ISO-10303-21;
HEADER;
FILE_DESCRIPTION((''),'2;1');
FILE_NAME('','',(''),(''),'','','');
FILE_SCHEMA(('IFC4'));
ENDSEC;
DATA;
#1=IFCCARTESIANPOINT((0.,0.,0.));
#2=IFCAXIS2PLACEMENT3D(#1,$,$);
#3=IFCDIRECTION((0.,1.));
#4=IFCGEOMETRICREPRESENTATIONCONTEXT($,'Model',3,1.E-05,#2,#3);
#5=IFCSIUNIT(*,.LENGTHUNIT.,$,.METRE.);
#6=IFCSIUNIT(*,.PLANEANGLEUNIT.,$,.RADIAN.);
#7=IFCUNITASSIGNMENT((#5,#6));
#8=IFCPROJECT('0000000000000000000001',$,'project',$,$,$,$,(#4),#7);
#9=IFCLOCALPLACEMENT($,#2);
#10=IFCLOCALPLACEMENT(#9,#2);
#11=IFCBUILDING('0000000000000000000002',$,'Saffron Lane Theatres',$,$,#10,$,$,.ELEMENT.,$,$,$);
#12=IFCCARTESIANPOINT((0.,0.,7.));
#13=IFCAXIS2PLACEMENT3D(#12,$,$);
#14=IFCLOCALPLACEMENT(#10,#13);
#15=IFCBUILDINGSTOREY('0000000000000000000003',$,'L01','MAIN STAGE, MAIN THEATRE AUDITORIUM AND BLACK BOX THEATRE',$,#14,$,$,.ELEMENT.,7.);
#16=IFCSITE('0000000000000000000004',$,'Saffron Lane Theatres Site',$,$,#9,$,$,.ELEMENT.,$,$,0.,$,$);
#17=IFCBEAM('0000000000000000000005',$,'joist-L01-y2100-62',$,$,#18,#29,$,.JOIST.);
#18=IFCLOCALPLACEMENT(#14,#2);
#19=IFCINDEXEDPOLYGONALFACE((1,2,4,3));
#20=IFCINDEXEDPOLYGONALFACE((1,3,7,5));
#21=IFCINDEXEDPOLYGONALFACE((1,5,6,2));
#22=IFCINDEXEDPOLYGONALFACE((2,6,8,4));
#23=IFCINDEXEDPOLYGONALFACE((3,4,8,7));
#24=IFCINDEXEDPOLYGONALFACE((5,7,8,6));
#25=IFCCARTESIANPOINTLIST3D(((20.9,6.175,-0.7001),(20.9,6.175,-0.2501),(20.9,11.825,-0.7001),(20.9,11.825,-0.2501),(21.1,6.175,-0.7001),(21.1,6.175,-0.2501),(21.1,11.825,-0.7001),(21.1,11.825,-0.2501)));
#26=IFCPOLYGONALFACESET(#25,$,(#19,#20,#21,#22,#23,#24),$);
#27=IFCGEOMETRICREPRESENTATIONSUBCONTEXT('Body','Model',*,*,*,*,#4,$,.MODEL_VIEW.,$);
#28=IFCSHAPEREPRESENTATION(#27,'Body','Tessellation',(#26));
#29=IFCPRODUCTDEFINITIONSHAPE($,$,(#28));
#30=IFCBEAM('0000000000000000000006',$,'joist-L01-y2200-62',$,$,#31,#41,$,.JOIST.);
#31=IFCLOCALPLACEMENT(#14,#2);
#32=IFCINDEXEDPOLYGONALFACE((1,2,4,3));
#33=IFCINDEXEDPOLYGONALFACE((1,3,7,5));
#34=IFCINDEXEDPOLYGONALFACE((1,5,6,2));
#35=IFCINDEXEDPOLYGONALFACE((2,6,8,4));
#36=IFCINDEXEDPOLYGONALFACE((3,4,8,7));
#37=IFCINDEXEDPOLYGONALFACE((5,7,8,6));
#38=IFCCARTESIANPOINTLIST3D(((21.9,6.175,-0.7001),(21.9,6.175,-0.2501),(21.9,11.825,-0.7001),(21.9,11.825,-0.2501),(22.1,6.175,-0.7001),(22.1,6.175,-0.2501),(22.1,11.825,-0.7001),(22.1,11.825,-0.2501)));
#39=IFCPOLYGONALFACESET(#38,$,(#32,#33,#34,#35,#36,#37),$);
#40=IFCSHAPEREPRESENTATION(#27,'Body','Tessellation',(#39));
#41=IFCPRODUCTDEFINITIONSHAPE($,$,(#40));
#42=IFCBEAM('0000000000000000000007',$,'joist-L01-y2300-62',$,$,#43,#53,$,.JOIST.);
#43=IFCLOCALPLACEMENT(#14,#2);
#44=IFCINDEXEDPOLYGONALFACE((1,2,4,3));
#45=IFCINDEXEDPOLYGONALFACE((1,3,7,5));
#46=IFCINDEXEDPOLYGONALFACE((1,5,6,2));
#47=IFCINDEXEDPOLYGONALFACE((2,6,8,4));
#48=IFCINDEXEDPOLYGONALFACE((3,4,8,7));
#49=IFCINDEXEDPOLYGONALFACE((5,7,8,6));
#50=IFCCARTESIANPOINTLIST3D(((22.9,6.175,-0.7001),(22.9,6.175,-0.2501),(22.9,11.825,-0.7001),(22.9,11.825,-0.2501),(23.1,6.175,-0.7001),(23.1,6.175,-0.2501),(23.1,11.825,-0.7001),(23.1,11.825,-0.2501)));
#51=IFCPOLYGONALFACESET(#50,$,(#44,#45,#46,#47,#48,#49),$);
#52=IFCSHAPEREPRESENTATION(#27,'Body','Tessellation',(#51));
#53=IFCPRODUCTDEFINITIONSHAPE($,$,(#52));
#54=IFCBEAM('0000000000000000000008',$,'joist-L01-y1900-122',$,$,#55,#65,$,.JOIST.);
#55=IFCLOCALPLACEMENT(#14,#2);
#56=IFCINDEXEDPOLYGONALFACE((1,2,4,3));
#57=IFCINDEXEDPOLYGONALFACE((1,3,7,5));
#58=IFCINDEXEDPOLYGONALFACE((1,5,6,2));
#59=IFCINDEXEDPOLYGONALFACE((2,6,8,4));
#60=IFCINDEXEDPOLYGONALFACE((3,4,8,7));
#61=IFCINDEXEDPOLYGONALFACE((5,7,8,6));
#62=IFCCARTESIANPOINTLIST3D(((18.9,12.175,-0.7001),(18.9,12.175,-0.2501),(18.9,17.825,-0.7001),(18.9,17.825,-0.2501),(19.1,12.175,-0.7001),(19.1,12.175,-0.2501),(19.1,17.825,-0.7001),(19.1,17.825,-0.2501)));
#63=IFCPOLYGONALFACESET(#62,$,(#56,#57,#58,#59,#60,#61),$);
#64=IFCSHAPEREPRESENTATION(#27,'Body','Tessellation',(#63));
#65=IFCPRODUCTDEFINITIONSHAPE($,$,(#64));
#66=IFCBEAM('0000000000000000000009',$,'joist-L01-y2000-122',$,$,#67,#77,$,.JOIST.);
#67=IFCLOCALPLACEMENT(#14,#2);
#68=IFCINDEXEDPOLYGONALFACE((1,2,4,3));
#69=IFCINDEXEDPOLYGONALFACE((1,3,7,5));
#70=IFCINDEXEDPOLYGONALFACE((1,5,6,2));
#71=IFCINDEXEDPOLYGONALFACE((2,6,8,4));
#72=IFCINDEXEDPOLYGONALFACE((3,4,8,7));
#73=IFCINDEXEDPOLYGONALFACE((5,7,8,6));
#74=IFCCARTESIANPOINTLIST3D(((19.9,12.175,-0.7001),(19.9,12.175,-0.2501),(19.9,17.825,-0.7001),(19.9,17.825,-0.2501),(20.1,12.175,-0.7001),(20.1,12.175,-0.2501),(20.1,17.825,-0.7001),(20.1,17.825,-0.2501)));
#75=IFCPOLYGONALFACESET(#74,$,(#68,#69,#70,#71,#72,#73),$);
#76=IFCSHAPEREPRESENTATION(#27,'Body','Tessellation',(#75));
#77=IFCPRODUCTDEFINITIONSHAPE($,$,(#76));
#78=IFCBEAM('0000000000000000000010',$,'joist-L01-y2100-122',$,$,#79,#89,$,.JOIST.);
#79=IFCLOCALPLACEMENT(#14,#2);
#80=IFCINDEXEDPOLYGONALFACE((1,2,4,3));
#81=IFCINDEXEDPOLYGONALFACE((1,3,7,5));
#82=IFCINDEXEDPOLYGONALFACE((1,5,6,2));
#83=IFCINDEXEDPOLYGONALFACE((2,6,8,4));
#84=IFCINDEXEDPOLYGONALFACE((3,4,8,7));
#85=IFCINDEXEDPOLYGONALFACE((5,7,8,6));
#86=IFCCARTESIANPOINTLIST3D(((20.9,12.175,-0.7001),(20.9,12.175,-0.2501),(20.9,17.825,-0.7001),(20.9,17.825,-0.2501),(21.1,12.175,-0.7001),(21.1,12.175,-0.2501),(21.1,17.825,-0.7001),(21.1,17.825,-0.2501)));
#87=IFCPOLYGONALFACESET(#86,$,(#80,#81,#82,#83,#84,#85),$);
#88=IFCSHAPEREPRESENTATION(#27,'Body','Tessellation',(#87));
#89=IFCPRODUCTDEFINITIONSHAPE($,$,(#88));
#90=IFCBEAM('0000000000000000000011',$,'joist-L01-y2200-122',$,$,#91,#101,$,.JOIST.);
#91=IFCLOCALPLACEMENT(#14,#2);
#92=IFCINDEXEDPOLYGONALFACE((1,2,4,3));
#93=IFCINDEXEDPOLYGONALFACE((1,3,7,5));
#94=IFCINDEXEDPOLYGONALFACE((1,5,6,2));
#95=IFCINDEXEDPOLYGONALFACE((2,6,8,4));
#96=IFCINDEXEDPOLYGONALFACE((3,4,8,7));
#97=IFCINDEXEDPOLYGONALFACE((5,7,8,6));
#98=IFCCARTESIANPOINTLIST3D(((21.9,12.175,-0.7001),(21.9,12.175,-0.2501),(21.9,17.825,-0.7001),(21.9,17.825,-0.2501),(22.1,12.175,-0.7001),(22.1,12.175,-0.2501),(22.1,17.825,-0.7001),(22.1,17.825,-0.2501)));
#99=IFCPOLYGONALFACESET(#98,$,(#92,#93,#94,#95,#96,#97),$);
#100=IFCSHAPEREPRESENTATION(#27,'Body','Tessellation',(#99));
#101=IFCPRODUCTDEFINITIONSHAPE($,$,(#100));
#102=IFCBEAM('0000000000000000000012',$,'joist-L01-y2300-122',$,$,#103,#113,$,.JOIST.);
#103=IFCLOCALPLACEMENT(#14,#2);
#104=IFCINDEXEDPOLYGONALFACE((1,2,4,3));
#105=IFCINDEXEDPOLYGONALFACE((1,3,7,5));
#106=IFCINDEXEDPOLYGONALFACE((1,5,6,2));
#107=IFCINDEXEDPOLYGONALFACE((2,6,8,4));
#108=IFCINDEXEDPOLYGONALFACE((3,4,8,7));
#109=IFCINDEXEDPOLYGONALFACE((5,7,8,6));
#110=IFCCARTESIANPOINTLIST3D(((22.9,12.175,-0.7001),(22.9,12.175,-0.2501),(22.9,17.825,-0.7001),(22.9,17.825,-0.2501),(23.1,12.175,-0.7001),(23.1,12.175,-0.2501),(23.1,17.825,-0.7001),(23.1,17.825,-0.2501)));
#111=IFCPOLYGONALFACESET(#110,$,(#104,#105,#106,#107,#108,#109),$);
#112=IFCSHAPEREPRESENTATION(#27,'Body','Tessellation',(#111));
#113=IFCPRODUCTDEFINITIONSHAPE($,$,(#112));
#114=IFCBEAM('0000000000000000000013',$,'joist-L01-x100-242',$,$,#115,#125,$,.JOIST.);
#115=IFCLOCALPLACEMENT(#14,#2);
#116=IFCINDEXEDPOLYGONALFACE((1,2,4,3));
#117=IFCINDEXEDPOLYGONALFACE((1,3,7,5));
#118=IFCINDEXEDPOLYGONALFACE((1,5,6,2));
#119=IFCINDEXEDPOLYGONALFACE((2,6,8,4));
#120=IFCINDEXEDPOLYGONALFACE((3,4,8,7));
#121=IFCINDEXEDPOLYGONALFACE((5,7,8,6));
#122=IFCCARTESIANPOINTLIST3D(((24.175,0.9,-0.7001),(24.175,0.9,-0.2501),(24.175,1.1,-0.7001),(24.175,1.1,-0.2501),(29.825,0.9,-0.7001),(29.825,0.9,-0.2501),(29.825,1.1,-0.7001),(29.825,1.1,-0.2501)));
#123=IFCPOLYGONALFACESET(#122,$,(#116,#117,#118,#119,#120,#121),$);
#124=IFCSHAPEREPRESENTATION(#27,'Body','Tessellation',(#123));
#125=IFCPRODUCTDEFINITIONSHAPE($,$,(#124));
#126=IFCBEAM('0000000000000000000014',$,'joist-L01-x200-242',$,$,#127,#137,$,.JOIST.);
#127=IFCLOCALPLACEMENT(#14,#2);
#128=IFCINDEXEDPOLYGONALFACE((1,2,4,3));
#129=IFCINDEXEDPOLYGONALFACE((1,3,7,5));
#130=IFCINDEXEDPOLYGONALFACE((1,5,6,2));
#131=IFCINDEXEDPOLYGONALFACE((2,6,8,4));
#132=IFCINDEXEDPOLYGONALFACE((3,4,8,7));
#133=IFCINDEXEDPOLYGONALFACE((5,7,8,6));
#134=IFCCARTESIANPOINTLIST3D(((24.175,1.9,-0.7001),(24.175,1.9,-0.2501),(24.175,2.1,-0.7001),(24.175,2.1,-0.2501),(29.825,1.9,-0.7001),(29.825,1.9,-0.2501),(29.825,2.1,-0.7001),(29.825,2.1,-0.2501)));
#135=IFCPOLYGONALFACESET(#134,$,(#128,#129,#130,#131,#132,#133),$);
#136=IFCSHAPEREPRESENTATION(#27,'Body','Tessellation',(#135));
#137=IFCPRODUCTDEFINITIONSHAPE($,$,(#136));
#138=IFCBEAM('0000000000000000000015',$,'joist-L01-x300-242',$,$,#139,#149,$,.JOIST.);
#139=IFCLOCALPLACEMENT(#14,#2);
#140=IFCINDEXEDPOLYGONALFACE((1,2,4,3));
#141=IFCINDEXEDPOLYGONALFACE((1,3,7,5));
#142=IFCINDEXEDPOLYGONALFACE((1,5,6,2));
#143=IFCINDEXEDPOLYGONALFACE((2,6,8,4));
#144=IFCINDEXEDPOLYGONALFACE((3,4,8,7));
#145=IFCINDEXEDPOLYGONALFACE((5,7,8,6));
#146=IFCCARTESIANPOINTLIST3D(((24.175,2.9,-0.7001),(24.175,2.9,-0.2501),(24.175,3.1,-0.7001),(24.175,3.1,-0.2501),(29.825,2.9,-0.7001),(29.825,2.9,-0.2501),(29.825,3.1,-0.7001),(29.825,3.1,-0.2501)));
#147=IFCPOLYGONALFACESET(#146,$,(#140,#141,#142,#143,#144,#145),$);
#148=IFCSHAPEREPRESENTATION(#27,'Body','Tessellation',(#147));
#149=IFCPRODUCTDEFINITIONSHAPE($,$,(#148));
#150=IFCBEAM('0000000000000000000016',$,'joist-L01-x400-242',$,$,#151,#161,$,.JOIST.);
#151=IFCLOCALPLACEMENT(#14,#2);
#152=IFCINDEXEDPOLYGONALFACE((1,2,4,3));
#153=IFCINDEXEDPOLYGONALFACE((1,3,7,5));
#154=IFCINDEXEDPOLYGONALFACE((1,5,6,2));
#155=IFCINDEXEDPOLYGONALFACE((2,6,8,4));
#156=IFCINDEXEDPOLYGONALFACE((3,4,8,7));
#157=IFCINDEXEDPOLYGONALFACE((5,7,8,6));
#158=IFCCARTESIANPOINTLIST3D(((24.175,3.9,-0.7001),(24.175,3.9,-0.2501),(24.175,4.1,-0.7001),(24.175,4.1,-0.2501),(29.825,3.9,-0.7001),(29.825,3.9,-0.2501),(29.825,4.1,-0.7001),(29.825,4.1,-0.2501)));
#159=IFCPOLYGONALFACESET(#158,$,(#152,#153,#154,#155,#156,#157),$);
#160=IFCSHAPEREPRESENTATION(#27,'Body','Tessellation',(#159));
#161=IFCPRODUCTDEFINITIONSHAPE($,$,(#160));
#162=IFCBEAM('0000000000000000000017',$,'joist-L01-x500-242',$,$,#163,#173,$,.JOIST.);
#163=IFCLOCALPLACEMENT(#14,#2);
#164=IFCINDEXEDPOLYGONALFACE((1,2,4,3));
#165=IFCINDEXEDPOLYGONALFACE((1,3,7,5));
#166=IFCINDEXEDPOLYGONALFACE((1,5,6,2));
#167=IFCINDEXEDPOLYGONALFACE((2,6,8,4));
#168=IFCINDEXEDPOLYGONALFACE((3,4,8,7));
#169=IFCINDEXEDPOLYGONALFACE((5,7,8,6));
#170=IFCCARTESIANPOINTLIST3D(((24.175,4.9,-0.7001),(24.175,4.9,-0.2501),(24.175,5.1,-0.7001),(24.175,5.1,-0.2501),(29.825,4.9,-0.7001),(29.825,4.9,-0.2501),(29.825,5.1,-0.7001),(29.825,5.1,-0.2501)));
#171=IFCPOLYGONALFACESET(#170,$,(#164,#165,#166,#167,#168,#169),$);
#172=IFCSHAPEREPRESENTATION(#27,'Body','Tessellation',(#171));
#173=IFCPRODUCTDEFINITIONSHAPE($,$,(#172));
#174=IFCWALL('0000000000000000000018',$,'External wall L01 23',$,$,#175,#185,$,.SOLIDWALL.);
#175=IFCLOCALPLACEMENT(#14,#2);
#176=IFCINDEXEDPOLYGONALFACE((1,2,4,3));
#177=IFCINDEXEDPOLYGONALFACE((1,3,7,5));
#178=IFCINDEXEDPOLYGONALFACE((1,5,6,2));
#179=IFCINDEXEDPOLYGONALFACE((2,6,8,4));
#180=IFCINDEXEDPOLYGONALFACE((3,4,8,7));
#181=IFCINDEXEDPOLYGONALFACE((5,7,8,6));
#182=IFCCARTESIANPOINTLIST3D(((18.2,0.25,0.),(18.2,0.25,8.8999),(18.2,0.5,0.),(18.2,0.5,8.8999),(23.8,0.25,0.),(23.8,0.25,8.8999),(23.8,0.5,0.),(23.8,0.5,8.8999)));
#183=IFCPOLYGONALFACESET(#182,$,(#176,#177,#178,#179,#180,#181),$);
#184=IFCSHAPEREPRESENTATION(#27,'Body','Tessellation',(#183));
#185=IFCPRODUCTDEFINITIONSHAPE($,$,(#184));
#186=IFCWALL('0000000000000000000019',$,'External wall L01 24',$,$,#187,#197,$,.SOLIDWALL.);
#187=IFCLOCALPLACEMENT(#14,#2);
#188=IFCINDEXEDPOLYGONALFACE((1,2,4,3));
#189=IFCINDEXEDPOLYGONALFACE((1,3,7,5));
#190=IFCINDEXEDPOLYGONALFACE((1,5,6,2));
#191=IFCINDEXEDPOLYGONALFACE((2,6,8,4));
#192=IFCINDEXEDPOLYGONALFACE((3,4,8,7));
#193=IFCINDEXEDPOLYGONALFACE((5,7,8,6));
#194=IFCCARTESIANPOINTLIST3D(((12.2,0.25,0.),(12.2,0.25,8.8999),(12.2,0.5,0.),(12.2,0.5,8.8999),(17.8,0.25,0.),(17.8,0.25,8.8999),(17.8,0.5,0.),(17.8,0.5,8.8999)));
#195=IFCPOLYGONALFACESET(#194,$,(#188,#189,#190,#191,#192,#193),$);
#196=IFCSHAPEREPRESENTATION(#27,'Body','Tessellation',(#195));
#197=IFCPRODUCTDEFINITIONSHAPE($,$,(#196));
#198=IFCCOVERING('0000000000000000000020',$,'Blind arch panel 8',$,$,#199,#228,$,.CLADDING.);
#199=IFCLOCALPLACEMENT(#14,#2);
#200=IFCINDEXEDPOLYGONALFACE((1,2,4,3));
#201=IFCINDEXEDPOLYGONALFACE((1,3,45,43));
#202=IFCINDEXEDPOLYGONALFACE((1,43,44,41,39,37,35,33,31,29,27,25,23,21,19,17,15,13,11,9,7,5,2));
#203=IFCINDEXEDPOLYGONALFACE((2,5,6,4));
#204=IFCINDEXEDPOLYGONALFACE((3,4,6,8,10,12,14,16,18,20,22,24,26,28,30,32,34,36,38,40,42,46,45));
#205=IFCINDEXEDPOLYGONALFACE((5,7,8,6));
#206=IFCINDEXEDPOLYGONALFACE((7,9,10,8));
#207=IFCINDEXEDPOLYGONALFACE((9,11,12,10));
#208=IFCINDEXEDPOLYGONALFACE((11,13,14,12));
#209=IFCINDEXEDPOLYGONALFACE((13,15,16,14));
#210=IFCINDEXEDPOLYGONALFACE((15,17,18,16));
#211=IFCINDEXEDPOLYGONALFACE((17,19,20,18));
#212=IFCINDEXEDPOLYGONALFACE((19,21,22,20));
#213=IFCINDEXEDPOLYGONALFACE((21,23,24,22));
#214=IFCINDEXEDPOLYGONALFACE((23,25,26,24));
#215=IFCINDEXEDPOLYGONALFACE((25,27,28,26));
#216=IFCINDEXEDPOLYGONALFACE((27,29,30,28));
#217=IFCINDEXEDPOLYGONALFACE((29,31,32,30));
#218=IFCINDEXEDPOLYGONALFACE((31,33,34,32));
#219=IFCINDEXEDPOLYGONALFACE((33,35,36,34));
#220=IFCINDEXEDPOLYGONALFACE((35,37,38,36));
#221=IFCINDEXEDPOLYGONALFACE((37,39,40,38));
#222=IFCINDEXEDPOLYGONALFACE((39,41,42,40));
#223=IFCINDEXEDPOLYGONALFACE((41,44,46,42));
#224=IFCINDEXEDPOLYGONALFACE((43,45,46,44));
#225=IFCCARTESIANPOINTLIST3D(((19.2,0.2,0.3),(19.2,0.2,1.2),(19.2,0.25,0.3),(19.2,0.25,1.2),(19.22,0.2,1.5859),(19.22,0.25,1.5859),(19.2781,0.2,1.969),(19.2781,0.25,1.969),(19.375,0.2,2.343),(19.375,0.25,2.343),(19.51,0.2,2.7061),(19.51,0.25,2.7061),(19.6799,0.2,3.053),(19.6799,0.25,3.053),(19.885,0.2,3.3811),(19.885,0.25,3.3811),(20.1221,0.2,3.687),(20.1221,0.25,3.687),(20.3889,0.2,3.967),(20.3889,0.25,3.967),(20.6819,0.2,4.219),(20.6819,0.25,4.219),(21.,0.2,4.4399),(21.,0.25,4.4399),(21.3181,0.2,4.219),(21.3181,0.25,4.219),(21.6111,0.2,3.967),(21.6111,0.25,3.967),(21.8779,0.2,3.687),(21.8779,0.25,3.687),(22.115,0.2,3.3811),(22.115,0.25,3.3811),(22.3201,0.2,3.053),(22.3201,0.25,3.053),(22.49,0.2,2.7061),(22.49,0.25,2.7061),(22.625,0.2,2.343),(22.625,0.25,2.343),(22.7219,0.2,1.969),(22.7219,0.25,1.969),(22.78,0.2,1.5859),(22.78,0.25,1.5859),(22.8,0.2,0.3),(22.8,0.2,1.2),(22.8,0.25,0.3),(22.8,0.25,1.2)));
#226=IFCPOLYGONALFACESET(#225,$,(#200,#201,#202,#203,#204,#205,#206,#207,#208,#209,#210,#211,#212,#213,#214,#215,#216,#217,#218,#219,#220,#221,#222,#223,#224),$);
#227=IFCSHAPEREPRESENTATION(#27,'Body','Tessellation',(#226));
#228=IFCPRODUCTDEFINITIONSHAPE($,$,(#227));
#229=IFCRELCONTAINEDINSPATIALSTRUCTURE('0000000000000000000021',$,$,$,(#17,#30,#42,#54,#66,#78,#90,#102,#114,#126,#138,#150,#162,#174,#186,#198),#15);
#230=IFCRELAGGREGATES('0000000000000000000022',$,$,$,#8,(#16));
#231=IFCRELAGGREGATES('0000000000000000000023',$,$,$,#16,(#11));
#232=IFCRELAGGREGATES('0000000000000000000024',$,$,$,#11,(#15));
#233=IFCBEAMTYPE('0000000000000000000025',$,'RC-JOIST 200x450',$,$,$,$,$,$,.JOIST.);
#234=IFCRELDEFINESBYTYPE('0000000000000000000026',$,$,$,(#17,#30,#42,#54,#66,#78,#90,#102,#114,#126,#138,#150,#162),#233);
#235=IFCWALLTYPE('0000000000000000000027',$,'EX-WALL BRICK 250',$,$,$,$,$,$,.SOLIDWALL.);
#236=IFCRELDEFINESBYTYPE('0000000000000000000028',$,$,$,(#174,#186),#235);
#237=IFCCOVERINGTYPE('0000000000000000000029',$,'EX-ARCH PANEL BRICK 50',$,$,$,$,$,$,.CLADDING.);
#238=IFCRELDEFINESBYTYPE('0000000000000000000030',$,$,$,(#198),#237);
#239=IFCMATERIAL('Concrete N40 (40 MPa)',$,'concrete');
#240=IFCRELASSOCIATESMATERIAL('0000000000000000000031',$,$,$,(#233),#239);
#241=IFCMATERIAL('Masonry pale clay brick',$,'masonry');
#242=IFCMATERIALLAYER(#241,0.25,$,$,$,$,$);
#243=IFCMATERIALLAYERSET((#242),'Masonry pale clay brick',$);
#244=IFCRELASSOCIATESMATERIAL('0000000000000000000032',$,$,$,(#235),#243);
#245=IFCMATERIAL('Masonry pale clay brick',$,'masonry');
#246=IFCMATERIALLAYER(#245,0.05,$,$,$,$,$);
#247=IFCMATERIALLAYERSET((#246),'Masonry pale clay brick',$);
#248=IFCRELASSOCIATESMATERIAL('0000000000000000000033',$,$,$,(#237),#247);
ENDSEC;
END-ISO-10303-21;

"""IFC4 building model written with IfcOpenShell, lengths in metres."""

from ifc_helpers import new_model, si_unit, direction, frame, frame_2d, origin, origin_2d, place, context, subcontext, project, spatial, polyline, rectangle, outline, extrude, material, layer, layer_set, material_profile, profile_set, type_object, element, save


model = new_model("IFC4")

# Units and contexts
model_context = context("Model", 3, precision=1e-05, world=origin(), true_north=direction((0.0, 1.0)))
body_context = subcontext(model_context, "Body", "Model", "MODEL_VIEW")
ifc_project = project(units=[si_unit("LENGTHUNIT", "METRE"), si_unit("PLANEANGLEUNIT", "RADIAN")], contexts=[model_context])

# Site, building, storey
site_placement = place(None, origin())
site = spatial("IfcSite", under=ifc_project, at=site_placement, Name="Saffron Lane Theatres Site", CompositionType="ELEMENT", RefElevation=0.0)
building_placement = place(site_placement, origin())
building = spatial("IfcBuilding", under=site, at=building_placement, Name="Saffron Lane Theatres", CompositionType="ELEMENT")
storey_placement = place(building_placement, frame((0.0, 0.0, 7.0)))
storey = spatial("IfcBuildingStorey", under=building, at=storey_placement, Name="L01", Description="MAIN STAGE, MAIN THEATRE AUDITORIUM AND BLACK BOX THEATRE", CompositionType="ELEMENT", Elevation=7.0)

# Beams
ifc_material_1 = material(Name="Concrete N40 (40 MPa)", Category="concrete")
ifc_material_profile_1 = material_profile(ifc_material_1, rectangle(XDim=0.2, YDim=0.45, at=origin_2d()))
ifc_profile_set_1 = profile_set([ifc_material_profile_1], Name="Concrete N40 (40 MPa)")
beam_type_1 = type_object("IfcBeamType", Name="RC-JOIST 200x450", PredefinedType="JOIST", material=ifc_profile_set_1)
for number, where, z_axis, x_axis, name in (
    (1, (21.0, 6.175, -0.4751), (0.0, 1.0, 0.0), (-1.0, 0.0, 0.0), "joist-L01-y2100-62"),
    (2, (22.0, 6.175, -0.4751), (0.0, 1.0, 0.0), (-1.0, 0.0, 0.0), "joist-L01-y2200-62"),
    (3, (23.0, 6.175, -0.4751), (0.0, 1.0, 0.0), (-1.0, 0.0, 0.0), "joist-L01-y2300-62"),
    (4, (19.0, 12.175, -0.4751), (0.0, 1.0, 0.0), (-1.0, 0.0, 0.0), "joist-L01-y1900-122"),
    (5, (20.0, 12.175, -0.4751), (0.0, 1.0, 0.0), (-1.0, 0.0, 0.0), "joist-L01-y2000-122"),
    (6, (21.0, 12.175, -0.4751), (0.0, 1.0, 0.0), (-1.0, 0.0, 0.0), "joist-L01-y2100-122"),
    (7, (22.0, 12.175, -0.4751), (0.0, 1.0, 0.0), (-1.0, 0.0, 0.0), "joist-L01-y2200-122"),
    (8, (23.0, 12.175, -0.4751), (0.0, 1.0, 0.0), (-1.0, 0.0, 0.0), "joist-L01-y2300-122"),
    (9, (24.175, 1.0, -0.4751), (1.0, 0.0, 0.0), (0.0, 1.0, 0.0), "joist-L01-x100-242"),
    (10, (24.175, 2.0, -0.4751), (1.0, 0.0, 0.0), (0.0, 1.0, 0.0), "joist-L01-x200-242"),
    (11, (24.175, 3.0, -0.4751), (1.0, 0.0, 0.0), (0.0, 1.0, 0.0), "joist-L01-x300-242"),
    (12, (24.175, 4.0, -0.4751), (1.0, 0.0, 0.0), (0.0, 1.0, 0.0), "joist-L01-x400-242"),
    (13, (24.175, 5.0, -0.4751), (1.0, 0.0, 0.0), (0.0, 1.0, 0.0), "joist-L01-x500-242"),
):
    element("IfcBeam", number, at=place(storey_placement, frame(where, z_axis=z_axis, x_axis=x_axis)), inside=storey, type_object=beam_type_1, Name=name, PredefinedType="JOIST", context=body_context, shape_type="SweptSolid", body=[
        extrude(rectangle(XDim=0.2, YDim=0.45, at=origin_2d()), origin(), (0.0, 0.0, 1.0), 5.6499),
    ])

# Walls
ifc_material_2 = material(Name="Masonry pale clay brick", Category="masonry")
ifc_layer_1 = layer(ifc_material_2, 0.25)
ifc_layer_set_1 = layer_set([ifc_layer_1], Name="Masonry pale clay brick")
wall_type = type_object("IfcWallType", Name="EX-WALL BRICK 250", PredefinedType="SOLIDWALL", material=ifc_layer_set_1)
for number, where, z_axis, x_axis, name in (
    (14, (23.8, 0.375, 0.0), (0.0, 0.0, 1.0), (-1.0, 0.0, 0.0), "External wall L01 23"),
    (15, (17.8, 0.375, 0.0), (0.0, 0.0, 1.0), (-1.0, 0.0, 0.0), "External wall L01 24"),
):
    element("IfcWall", number, at=place(storey_placement, frame(where, z_axis=z_axis, x_axis=x_axis)), inside=storey, type_object=wall_type, Name=name, PredefinedType="SOLIDWALL", context=body_context, shape_type="SweptSolid", body=[
        extrude(rectangle(XDim=5.6001, YDim=0.25, at=frame_2d((2.8, 0.0))), origin(), (0.0, 0.0, 1.0), 8.8999),
    ])

# Covering
ifc_material_3 = material(Name="Masonry pale clay brick", Category="masonry")
ifc_layer_2 = layer(ifc_material_3, 0.05)
ifc_layer_set_2 = layer_set([ifc_layer_2], Name="Masonry pale clay brick")
covering_type_1 = type_object("IfcCoveringType", Name="EX-ARCH PANEL BRICK 50", PredefinedType="CLADDING", material=ifc_layer_set_2)
covering_placement = place(storey_placement, frame((22.8, 0.25, 1.2), z_axis=(0.0, 1.0, 0.0), x_axis=(0.0, 0.0, -1.0)))
element("IfcCovering", 16, at=covering_placement, inside=storey, type_object=covering_type_1, Name="Blind arch panel 8", PredefinedType="CLADDING", context=body_context, shape_type="SweptSolid", body=[
    extrude(outline(polyline([(0.0, 0.0), (0.8999, 0.0), (0.8999, 3.6001), (0.0, 3.6001), (-0.386, 3.5801), (-0.769, 3.522), (-1.1431, 3.425), (-1.5061, 3.29), (-1.853, 3.1201), (-2.1812, 2.915), (-2.4871, 2.678), (-2.7671, 2.4111), (-3.019, 2.1182), (-3.24, 1.8), (-3.019, 1.4819), (-2.7671, 1.189), (-2.4871, 0.9221), (-2.1812, 0.6851), (-1.853, 0.48), (-1.5061, 0.3101), (-1.1431, 0.175), (-0.769, 0.0781), (-0.386, 0.02), (0.0, 0.0)])), origin(), (0.0, 0.0, -1.0), 0.05),
])

save(model, "model.ifc")
